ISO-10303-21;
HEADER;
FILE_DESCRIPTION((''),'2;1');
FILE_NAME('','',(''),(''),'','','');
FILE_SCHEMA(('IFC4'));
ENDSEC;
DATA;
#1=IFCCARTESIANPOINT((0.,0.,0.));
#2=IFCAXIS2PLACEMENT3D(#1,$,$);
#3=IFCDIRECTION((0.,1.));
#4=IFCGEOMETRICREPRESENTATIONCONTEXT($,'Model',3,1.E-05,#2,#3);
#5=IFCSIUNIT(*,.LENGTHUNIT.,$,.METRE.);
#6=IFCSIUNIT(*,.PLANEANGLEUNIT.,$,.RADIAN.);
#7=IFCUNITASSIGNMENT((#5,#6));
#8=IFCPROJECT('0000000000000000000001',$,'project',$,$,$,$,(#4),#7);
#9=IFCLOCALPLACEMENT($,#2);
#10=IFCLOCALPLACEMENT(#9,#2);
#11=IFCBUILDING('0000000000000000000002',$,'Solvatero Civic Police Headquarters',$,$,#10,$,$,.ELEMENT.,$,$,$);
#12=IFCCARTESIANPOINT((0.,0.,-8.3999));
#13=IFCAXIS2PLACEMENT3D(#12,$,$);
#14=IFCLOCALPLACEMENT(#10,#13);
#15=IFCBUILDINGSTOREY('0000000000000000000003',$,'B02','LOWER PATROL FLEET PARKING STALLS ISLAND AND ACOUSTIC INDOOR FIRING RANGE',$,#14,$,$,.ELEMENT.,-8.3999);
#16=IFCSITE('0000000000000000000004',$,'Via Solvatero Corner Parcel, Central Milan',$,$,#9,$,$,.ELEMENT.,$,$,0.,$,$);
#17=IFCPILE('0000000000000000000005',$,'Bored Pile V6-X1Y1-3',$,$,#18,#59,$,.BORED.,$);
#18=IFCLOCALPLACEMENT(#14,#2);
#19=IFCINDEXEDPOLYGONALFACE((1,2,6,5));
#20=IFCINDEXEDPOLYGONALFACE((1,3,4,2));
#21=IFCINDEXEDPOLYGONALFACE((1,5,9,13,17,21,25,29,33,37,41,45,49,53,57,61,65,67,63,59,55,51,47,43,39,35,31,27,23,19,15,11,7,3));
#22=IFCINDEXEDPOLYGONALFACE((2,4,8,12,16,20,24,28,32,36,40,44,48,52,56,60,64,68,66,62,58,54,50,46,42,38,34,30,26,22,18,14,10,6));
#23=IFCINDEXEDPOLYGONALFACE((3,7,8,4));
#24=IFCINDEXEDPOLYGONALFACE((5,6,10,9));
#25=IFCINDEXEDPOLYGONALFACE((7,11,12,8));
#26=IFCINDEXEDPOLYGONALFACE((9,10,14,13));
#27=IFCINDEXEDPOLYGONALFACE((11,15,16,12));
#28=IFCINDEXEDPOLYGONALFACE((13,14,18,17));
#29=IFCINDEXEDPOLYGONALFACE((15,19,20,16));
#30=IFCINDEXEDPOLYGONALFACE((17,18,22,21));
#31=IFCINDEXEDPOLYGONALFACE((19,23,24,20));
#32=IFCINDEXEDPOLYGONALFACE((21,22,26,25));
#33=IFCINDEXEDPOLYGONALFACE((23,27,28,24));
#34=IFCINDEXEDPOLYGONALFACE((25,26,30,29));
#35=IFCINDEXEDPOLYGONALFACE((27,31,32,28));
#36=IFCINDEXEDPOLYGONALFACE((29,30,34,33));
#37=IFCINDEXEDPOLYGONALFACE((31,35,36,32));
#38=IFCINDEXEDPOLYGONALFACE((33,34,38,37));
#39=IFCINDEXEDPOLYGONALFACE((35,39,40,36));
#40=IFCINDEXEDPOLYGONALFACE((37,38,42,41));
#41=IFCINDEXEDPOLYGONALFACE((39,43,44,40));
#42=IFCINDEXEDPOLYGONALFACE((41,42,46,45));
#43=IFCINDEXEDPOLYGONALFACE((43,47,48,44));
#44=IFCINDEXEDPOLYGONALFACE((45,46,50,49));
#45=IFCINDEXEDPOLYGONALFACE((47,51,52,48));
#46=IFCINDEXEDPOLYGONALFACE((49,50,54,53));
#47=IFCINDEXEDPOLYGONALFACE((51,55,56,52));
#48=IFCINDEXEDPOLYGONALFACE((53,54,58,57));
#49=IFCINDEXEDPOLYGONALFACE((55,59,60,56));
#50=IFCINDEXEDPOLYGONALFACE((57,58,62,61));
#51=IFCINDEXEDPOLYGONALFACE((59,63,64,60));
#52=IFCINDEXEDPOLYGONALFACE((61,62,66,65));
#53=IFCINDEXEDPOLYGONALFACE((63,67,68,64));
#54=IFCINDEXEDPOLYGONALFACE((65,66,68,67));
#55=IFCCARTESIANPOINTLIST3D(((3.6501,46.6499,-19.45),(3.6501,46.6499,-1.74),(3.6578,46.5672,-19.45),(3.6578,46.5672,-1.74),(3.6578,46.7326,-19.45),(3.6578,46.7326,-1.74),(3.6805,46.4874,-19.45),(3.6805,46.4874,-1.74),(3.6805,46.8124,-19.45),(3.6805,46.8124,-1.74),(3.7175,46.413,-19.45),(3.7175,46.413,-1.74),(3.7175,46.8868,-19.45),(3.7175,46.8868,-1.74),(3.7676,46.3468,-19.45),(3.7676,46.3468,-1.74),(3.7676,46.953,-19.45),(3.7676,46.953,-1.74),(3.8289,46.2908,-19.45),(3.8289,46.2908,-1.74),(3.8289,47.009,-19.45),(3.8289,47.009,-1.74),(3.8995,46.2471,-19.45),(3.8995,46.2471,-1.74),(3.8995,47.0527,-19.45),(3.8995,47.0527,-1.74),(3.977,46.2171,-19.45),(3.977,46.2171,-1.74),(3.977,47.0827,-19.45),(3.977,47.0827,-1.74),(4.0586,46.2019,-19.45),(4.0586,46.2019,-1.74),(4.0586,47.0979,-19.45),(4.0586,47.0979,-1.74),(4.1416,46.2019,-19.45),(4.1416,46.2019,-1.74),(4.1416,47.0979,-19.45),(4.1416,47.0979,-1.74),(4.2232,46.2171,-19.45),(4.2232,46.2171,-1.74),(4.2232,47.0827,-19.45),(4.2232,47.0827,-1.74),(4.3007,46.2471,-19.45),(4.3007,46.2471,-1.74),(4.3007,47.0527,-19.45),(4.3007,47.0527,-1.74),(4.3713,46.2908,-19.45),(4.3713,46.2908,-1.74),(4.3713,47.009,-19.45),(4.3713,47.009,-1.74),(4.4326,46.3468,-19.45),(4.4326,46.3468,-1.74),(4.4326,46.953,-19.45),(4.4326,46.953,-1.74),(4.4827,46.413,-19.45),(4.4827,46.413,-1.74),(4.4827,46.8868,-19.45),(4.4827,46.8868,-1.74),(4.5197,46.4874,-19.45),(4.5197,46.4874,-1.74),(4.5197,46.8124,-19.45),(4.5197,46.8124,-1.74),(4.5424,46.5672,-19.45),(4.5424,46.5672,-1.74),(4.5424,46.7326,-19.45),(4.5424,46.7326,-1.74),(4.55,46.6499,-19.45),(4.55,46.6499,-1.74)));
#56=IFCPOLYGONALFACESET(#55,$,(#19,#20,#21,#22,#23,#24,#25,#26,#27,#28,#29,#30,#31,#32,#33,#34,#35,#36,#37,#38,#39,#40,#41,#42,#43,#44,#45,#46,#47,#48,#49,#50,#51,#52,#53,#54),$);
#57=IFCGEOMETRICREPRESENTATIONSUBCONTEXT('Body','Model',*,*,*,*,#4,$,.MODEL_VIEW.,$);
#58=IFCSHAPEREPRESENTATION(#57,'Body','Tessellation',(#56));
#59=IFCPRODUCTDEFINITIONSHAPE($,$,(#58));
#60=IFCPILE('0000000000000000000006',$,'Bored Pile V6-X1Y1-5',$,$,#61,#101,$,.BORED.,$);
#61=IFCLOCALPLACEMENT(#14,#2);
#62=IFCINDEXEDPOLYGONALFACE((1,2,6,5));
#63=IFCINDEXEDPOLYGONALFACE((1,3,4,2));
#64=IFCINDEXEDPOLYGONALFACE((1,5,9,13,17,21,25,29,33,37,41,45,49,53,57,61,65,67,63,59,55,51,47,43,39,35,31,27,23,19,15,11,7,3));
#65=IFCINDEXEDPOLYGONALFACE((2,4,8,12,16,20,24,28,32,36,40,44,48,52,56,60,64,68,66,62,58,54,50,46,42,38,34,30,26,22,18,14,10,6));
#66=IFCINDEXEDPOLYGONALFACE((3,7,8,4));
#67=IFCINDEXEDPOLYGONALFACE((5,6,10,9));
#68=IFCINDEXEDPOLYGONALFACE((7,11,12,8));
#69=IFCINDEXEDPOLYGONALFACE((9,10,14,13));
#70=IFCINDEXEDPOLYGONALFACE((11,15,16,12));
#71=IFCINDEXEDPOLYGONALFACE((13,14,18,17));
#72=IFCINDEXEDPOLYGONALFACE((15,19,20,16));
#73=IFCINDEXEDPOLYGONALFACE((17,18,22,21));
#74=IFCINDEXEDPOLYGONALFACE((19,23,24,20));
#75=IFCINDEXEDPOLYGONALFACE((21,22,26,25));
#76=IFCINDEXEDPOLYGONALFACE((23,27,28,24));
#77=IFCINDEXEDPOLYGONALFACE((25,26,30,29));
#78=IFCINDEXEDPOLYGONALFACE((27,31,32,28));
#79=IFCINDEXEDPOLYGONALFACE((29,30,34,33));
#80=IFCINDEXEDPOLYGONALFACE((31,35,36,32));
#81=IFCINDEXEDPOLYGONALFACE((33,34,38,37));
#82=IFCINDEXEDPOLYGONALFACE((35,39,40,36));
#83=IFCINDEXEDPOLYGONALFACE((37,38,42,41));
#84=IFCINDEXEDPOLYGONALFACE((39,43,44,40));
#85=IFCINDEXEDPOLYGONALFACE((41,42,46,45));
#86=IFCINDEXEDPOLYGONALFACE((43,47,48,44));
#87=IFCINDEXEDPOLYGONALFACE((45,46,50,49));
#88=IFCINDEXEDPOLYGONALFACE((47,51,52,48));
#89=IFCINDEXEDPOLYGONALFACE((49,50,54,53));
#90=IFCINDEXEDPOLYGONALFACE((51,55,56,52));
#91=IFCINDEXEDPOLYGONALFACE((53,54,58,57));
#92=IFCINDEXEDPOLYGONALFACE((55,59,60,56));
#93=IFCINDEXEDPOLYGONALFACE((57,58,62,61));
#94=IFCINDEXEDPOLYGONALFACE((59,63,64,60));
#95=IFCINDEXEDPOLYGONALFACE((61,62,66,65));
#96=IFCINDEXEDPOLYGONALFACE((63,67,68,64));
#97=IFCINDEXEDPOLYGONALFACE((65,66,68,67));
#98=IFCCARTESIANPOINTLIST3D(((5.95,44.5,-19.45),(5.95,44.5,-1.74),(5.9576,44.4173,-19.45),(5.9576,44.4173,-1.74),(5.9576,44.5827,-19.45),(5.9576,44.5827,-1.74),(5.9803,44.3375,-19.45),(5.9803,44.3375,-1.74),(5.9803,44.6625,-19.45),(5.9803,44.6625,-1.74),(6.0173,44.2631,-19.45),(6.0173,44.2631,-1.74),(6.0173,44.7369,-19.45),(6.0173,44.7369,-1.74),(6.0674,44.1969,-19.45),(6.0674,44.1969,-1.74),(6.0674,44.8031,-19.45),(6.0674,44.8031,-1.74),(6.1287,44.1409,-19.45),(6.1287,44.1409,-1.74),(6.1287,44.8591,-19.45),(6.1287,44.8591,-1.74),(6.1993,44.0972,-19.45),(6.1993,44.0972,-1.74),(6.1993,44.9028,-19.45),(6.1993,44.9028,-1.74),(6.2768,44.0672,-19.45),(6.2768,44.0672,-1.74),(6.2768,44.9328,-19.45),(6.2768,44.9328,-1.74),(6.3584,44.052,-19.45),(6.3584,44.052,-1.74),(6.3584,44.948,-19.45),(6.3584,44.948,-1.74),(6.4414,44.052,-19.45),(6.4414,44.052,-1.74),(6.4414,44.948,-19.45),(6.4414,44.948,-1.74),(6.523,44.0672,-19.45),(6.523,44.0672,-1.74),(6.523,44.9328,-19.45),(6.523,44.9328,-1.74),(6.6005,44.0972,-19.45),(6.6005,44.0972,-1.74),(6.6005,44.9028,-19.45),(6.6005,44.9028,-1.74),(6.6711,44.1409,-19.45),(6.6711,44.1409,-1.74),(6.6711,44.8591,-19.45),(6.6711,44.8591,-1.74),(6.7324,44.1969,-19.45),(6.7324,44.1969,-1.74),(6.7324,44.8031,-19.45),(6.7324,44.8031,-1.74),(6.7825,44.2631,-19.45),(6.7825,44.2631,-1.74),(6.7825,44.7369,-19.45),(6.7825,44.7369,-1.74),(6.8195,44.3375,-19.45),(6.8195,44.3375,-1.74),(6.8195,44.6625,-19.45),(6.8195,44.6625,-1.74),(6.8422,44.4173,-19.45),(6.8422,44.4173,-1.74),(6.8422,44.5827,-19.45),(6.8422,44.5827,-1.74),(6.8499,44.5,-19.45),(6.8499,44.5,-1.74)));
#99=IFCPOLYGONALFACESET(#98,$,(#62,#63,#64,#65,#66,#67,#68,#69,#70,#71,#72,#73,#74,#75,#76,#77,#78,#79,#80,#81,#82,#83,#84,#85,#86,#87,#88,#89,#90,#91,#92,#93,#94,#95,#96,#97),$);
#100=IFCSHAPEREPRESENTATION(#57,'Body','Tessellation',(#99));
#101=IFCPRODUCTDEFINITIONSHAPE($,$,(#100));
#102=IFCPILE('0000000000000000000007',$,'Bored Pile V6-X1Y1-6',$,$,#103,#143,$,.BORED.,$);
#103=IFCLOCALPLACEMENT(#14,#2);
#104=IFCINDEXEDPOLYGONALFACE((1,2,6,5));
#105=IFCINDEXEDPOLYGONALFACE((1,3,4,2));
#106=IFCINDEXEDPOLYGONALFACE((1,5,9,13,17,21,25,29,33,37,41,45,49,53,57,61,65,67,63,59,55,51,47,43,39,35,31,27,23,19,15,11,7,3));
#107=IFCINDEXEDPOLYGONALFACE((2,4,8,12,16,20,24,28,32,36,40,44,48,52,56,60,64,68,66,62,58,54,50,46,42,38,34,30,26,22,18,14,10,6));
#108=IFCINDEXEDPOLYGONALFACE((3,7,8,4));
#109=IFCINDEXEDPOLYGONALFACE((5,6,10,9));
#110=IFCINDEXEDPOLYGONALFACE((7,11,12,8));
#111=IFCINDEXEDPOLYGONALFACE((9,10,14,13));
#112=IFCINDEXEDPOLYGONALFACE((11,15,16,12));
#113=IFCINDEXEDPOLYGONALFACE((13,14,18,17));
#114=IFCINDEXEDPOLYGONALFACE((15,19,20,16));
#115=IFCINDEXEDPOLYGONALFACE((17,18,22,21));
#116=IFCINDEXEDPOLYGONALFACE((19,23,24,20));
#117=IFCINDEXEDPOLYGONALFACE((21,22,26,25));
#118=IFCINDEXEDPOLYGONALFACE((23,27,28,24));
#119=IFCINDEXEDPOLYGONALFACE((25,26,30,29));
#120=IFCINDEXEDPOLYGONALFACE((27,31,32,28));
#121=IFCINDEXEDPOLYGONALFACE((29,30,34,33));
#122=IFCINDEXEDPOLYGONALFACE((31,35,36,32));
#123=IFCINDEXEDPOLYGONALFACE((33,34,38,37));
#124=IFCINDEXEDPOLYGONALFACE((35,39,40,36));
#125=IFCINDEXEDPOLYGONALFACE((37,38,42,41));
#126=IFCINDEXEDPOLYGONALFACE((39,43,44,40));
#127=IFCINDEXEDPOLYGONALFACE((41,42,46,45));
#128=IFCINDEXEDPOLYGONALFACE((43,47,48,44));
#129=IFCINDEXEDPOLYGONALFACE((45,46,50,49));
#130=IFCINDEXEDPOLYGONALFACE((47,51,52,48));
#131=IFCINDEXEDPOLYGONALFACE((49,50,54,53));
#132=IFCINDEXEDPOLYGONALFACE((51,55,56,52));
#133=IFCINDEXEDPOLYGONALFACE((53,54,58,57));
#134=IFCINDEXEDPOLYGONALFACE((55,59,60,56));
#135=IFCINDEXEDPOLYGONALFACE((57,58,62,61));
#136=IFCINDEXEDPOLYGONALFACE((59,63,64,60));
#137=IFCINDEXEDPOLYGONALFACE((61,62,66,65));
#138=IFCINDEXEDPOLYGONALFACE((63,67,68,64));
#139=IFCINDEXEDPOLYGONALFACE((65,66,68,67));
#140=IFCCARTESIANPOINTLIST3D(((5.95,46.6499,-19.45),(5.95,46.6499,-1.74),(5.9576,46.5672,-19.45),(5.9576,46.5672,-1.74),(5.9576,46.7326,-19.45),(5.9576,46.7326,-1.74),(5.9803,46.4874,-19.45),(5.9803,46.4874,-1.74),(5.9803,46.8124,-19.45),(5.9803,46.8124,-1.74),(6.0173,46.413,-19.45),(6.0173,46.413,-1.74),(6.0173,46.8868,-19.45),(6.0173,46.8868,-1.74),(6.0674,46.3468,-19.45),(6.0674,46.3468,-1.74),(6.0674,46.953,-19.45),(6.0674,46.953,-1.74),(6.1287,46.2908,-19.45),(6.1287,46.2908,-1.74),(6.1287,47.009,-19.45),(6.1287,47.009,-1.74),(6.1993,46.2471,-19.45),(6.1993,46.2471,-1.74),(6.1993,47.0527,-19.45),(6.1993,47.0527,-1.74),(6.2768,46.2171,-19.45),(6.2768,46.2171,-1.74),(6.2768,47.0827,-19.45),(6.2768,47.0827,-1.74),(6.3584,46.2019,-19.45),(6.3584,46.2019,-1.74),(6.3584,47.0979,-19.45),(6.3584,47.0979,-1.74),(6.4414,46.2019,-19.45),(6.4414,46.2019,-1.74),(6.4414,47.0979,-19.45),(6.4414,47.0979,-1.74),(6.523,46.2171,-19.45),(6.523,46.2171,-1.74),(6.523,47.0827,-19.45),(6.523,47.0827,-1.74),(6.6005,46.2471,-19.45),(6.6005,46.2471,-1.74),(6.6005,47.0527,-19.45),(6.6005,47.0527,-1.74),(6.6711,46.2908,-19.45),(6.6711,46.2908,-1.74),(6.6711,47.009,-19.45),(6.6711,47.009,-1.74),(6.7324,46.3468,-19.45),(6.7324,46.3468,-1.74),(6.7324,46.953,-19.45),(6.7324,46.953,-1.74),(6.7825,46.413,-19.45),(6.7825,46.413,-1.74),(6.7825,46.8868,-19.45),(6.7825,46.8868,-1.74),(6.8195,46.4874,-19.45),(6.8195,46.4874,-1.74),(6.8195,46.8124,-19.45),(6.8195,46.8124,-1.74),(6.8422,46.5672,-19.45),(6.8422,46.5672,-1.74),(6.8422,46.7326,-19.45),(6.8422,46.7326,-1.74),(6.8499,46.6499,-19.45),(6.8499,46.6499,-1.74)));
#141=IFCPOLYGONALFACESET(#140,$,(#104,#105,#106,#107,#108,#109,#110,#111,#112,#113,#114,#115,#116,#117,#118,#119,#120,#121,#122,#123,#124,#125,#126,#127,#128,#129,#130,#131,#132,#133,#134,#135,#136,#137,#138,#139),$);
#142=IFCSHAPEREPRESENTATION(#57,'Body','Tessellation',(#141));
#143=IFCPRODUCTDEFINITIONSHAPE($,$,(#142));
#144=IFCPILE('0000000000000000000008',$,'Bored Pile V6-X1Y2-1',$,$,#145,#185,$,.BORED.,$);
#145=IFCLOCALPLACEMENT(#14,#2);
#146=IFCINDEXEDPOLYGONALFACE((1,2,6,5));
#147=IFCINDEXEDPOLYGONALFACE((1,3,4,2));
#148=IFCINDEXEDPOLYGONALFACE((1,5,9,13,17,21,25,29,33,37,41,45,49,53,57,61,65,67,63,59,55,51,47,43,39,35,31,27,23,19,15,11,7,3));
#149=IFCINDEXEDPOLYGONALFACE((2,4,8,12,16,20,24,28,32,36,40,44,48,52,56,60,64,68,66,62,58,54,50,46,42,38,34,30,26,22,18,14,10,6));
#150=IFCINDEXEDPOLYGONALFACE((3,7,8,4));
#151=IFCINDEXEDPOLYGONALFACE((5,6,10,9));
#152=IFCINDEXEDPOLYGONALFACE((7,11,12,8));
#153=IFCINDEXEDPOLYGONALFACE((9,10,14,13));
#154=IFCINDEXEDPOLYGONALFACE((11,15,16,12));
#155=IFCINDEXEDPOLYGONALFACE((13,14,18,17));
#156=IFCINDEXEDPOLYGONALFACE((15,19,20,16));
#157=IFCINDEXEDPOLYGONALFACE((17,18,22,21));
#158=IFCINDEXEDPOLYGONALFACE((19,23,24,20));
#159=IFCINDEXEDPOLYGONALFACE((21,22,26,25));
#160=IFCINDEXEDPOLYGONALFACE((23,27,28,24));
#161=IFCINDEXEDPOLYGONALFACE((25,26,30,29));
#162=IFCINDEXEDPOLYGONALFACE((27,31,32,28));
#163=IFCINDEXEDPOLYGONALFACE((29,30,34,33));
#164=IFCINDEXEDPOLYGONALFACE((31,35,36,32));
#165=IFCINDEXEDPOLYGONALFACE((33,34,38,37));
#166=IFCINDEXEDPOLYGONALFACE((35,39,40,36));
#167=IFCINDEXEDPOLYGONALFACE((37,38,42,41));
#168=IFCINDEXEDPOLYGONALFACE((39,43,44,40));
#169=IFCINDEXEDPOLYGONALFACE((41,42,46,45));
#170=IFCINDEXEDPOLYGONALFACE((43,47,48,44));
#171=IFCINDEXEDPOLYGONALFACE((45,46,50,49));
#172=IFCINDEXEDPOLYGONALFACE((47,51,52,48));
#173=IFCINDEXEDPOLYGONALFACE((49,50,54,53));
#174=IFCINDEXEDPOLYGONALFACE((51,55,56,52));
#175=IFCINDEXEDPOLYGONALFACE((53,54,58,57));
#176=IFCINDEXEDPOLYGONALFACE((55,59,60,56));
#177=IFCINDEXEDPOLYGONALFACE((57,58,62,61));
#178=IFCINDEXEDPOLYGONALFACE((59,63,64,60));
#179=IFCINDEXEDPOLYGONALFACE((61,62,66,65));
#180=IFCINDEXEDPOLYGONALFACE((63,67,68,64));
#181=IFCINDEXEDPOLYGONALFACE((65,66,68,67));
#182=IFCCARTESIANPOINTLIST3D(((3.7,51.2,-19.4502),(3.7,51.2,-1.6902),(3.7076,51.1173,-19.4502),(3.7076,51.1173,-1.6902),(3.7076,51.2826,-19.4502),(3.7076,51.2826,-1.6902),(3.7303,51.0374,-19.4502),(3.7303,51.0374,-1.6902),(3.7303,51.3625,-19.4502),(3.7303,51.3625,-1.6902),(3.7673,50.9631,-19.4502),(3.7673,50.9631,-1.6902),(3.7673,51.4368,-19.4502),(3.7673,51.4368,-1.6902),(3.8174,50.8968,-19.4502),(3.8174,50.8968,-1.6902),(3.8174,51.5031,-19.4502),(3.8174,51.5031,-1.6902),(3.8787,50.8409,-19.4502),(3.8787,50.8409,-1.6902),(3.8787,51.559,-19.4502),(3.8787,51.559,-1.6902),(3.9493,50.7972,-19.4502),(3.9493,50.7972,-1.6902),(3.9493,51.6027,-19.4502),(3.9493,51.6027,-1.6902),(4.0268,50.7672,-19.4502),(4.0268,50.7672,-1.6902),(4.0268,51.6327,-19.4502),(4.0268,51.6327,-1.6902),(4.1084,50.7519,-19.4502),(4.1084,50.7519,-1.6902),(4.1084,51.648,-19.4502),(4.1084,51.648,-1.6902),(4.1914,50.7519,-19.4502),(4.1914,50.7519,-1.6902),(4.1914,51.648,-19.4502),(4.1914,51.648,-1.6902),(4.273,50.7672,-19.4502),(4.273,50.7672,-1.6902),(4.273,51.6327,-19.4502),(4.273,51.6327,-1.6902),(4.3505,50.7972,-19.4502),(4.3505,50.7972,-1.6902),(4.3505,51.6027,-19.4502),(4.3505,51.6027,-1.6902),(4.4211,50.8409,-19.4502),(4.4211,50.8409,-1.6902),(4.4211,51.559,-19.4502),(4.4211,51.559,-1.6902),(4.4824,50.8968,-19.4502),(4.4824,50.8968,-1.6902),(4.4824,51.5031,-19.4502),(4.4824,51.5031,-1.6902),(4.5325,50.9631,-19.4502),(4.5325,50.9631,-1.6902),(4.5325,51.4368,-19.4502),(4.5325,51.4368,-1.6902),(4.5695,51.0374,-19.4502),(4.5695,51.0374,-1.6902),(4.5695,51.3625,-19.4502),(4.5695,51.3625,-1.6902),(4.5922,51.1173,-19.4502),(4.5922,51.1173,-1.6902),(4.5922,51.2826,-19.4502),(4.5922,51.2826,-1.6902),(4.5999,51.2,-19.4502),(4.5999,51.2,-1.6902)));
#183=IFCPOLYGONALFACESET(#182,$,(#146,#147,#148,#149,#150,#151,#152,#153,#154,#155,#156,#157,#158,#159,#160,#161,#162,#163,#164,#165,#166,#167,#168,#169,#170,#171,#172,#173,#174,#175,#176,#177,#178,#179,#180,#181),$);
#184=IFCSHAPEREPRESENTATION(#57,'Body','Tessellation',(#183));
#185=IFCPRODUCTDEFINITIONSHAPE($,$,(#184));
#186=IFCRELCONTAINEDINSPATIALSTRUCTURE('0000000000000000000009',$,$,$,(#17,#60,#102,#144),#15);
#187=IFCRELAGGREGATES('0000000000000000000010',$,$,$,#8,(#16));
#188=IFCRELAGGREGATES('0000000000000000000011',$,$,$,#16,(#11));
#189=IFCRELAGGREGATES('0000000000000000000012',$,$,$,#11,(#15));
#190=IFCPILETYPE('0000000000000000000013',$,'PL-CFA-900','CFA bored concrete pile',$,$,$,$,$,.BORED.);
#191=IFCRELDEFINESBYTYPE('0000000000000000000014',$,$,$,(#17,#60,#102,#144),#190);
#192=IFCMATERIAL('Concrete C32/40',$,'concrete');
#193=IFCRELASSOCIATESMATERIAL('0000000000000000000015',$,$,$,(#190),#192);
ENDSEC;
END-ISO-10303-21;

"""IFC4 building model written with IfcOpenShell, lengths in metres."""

from ifc_helpers import new_model, si_unit, direction, frame, origin, origin_2d, place, context, subcontext, project, spatial, circle, extrude, material, material_profile, profile_set, type_object, element, save


model = new_model("IFC4")

# Units and contexts
model_context = context("Model", 3, precision=1e-05, world=origin(), true_north=direction((0.0, 1.0)))
body_context = subcontext(model_context, "Body", "Model", "MODEL_VIEW")
ifc_project = project(units=[si_unit("LENGTHUNIT", "METRE"), si_unit("PLANEANGLEUNIT", "RADIAN")], contexts=[model_context])

# Site, building, storey
site_placement = place(None, origin())
site = spatial("IfcSite", under=ifc_project, at=site_placement, Name="Via Solvatero Corner Parcel, Central Milan", CompositionType="ELEMENT", RefElevation=0.0)
building_placement = place(site_placement, origin())
building = spatial("IfcBuilding", under=site, at=building_placement, Name="Solvatero Civic Police Headquarters", CompositionType="ELEMENT")
storey_placement = place(building_placement, frame((0.0, 0.0, -8.3999)))
storey = spatial("IfcBuildingStorey", under=building, at=storey_placement, Name="B02", Description="LOWER PATROL FLEET PARKING STALLS ISLAND AND ACOUSTIC INDOOR FIRING RANGE", CompositionType="ELEMENT", Elevation=-8.3999)

# Piles
ifc_material_1 = material(Name="Concrete C32/40", Category="concrete")
ifc_material_profile_1 = material_profile(ifc_material_1, circle(Radius=0.45, at=origin_2d()), Name="CFA PILE D900")
ifc_profile_set_1 = profile_set([ifc_material_profile_1], Name="Concrete C32/40")
pile_type_1 = type_object("IfcPileType", Name="PL-CFA-900", Description="CFA bored concrete pile", PredefinedType="BORED", material=ifc_profile_set_1)
for number, where, z_axis, x_axis, name in (
    (1, (4.1001, 46.6499, -1.74), (0.0, 0.0, -1.0), (1.0, 0.0, 0.0), "Bored Pile V6-X1Y1-3"),
    (2, (6.3999, 44.5, -1.74), (0.0, 0.0, -1.0), (1.0, 0.0, 0.0), "Bored Pile V6-X1Y1-5"),
    (3, (6.3999, 46.6499, -1.74), (0.0, 0.0, -1.0), (1.0, 0.0, 0.0), "Bored Pile V6-X1Y1-6"),
):
    element("IfcPile", number, at=place(storey_placement, frame(where, z_axis=z_axis, x_axis=x_axis)), inside=storey, type_object=pile_type_1, Name=name, PredefinedType="BORED", context=body_context, shape_type="SweptSolid", body=[
        extrude(circle(Radius=0.45, at=origin_2d()), origin(), (0.0, 0.0, 1.0), 17.71),
    ])
for number, where, z_axis, x_axis, name in (
    (4, (4.1499, 51.2, -1.6902), (0.0, 0.0, -1.0), (1.0, 0.0, 0.0), "Bored Pile V6-X1Y2-1"),
):
    element("IfcPile", number, at=place(storey_placement, frame(where, z_axis=z_axis, x_axis=x_axis)), inside=storey, type_object=pile_type_1, Name=name, PredefinedType="BORED", context=body_context, shape_type="SweptSolid", body=[
        extrude(circle(Radius=0.45, at=origin_2d()), origin(), (0.0, 0.0, 1.0), 17.76),
    ])

save(model, "model.ifc")
